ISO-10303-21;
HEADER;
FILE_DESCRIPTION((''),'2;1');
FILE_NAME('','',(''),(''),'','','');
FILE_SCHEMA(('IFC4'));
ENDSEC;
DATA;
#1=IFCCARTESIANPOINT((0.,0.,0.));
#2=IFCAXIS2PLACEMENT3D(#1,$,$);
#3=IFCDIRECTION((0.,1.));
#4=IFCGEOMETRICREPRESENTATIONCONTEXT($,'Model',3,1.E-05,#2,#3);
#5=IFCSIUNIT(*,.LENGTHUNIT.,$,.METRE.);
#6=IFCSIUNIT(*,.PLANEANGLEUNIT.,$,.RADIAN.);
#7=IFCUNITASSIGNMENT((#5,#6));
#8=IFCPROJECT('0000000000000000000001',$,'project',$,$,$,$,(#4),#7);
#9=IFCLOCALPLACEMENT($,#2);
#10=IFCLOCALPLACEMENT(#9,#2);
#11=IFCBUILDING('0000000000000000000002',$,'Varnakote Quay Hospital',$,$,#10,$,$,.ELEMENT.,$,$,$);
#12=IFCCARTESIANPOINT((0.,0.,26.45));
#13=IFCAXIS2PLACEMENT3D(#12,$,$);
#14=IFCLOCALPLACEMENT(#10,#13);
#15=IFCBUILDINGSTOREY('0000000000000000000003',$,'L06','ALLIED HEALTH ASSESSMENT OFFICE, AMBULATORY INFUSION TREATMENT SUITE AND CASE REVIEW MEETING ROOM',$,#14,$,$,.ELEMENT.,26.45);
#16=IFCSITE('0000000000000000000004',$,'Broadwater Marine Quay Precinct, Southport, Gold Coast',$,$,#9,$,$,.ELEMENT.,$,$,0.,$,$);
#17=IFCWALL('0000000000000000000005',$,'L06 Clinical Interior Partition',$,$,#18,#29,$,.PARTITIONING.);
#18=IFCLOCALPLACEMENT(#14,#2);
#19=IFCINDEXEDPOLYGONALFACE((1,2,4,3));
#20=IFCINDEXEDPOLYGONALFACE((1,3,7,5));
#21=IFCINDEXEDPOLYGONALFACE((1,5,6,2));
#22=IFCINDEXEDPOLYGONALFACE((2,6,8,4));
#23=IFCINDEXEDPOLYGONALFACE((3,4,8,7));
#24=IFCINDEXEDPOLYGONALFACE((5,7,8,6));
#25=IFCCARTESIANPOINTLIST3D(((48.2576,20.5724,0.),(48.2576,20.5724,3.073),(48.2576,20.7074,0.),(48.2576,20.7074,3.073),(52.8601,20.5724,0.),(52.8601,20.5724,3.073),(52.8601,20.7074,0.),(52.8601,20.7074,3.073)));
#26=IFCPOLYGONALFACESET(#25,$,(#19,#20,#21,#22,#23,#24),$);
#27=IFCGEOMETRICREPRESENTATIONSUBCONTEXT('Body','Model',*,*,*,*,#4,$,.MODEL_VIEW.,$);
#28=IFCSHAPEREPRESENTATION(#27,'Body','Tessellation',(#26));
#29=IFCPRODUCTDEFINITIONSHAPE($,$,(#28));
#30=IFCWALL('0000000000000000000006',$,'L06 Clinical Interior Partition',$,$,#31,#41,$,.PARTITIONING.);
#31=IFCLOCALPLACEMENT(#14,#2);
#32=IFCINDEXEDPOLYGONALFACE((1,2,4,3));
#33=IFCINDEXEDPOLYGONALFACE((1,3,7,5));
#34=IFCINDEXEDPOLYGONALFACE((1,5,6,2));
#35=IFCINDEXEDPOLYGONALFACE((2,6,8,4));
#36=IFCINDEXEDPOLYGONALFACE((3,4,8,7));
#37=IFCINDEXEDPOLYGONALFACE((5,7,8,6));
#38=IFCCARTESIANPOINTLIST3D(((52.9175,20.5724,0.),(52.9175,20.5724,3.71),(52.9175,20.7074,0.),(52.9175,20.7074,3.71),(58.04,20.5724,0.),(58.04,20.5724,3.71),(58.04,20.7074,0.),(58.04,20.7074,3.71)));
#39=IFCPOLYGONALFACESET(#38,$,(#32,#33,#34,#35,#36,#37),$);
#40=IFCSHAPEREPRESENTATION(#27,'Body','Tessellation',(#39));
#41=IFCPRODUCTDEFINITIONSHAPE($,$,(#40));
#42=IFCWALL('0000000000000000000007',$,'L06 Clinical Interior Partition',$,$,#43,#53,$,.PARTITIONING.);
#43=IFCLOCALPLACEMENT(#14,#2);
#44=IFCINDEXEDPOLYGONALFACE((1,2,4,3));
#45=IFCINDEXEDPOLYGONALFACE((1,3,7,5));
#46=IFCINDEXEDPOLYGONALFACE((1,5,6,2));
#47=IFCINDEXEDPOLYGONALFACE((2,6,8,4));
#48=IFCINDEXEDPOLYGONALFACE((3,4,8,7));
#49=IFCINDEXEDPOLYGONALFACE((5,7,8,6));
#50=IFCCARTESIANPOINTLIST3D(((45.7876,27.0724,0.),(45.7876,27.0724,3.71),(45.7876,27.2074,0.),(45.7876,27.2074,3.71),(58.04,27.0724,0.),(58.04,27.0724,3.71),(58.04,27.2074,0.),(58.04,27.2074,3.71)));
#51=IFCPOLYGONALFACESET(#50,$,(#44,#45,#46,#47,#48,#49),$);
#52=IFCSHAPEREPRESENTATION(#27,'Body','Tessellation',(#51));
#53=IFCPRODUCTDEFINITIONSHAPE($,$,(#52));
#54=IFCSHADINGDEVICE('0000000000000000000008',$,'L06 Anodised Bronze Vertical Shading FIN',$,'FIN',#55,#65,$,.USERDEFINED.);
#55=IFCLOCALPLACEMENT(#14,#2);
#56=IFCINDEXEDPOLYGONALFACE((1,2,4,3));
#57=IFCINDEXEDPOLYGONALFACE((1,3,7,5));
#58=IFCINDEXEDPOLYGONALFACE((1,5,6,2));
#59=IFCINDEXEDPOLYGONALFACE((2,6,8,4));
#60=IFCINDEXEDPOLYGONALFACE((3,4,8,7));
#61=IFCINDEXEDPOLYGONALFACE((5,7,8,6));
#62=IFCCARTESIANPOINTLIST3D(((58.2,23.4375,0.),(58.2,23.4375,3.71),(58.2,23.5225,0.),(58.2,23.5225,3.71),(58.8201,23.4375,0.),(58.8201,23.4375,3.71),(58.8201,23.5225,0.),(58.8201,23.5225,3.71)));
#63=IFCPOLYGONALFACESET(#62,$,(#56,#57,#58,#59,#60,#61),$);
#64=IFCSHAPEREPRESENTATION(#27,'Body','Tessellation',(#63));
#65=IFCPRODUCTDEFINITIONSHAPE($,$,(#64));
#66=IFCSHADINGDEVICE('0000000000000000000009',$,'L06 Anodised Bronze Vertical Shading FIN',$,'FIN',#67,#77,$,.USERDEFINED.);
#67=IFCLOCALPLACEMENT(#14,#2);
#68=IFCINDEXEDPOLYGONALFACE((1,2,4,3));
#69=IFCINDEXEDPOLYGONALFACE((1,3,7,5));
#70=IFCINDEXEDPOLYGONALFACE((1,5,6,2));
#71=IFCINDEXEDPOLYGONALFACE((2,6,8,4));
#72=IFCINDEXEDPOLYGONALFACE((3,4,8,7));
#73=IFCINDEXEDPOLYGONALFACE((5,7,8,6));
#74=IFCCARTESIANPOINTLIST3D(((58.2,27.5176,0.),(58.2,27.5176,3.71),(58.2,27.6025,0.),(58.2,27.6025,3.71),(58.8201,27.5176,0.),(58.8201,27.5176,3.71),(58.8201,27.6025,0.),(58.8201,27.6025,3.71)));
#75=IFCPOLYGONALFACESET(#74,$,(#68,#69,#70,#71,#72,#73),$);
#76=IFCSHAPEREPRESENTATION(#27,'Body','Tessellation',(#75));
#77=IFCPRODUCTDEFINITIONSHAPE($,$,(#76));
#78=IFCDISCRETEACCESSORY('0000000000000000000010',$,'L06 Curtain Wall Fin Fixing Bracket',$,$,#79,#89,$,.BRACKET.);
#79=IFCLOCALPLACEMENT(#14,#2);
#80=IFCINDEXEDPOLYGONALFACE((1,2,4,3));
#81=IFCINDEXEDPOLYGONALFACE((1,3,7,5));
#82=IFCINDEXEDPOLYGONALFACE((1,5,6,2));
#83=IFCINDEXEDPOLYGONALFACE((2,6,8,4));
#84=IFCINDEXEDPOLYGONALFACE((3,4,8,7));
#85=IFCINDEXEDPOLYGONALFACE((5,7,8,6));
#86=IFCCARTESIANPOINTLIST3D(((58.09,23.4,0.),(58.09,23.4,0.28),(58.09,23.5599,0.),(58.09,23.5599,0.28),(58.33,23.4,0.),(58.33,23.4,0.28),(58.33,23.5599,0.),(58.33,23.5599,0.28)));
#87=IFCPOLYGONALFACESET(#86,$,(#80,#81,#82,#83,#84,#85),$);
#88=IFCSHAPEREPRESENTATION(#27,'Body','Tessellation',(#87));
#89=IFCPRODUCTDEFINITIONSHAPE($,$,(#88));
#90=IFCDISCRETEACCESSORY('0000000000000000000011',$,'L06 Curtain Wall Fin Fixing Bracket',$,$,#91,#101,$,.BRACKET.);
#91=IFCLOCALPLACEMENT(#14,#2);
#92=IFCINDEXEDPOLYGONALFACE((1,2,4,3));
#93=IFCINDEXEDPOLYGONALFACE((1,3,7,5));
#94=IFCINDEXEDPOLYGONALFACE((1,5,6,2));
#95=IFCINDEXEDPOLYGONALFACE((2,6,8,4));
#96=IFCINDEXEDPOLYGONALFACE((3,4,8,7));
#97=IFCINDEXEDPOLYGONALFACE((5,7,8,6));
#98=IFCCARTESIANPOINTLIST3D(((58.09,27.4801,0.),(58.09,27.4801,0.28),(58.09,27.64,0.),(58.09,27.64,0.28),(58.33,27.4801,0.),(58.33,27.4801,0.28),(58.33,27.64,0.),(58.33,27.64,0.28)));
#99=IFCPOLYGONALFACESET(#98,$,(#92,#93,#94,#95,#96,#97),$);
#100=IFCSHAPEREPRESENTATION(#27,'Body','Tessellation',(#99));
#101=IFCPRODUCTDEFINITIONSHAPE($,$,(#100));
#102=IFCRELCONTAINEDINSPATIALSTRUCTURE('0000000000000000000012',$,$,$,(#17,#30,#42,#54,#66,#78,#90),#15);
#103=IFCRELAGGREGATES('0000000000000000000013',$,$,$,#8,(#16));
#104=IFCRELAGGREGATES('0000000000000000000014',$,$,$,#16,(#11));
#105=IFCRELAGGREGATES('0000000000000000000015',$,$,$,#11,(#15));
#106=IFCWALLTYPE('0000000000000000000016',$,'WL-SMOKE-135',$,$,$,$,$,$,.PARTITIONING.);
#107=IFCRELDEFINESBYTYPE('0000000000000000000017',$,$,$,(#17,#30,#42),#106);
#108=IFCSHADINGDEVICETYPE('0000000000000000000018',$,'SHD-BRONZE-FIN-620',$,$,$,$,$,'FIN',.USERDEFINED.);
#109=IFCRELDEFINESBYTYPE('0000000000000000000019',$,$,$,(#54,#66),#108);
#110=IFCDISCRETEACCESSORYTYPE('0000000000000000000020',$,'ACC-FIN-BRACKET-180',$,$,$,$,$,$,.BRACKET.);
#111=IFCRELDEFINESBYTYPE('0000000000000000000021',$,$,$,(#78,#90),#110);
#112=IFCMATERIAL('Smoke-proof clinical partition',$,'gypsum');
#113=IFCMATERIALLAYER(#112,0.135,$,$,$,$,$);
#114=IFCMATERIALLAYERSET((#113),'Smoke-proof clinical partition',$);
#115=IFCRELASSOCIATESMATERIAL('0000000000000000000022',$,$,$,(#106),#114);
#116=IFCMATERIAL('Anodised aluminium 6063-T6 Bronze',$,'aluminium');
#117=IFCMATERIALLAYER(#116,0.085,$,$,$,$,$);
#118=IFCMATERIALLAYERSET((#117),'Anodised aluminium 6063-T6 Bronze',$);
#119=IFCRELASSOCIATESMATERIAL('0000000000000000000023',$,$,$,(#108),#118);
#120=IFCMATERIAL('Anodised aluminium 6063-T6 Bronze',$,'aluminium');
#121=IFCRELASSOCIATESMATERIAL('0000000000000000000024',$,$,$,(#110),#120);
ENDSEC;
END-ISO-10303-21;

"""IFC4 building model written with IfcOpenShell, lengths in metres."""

from ifc_helpers import new_model, si_unit, direction, frame, frame_2d, origin, origin_2d, place, context, subcontext, project, spatial, rectangle, extrude, material, layer, layer_set, type_object, element, save


model = new_model("IFC4")

# Units and contexts
model_context = context("Model", 3, precision=1e-05, world=origin(), true_north=direction((0.0, 1.0)))
body_context = subcontext(model_context, "Body", "Model", "MODEL_VIEW")
ifc_project = project(units=[si_unit("LENGTHUNIT", "METRE"), si_unit("PLANEANGLEUNIT", "RADIAN")], contexts=[model_context])

# Site, building, storey
site_placement = place(None, origin())
site = spatial("IfcSite", under=ifc_project, at=site_placement, Name="Broadwater Marine Quay Precinct, Southport, Gold Coast", CompositionType="ELEMENT", RefElevation=0.0)
building_placement = place(site_placement, origin())
building = spatial("IfcBuilding", under=site, at=building_placement, Name="Varnakote Quay Hospital", CompositionType="ELEMENT")
storey_placement = place(building_placement, frame((0.0, 0.0, 26.45)))
storey = spatial("IfcBuildingStorey", under=building, at=storey_placement, Name="L06", Description="ALLIED HEALTH ASSESSMENT OFFICE, AMBULATORY INFUSION TREATMENT SUITE AND CASE REVIEW MEETING ROOM", CompositionType="ELEMENT", Elevation=26.45)

# Walls
ifc_material_1 = material(Name="Smoke-proof clinical partition", Category="gypsum")
ifc_layer_1 = layer(ifc_material_1, 0.135)
ifc_layer_set_1 = layer_set([ifc_layer_1], Name="Smoke-proof clinical partition")
wall_type = type_object("IfcWallType", Name="WL-SMOKE-135", PredefinedType="PARTITIONING", material=ifc_layer_set_1)
wall_1_placement = place(storey_placement, frame((52.8601, 20.6399, 0.0), z_axis=(0.0, 0.0, 1.0), x_axis=(-1.0, 0.0, 0.0)))
element("IfcWall", 1, at=wall_1_placement, inside=storey, type_object=wall_type, Name="L06 Clinical Interior Partition", PredefinedType="PARTITIONING", context=body_context, shape_type="SweptSolid", body=[
    extrude(rectangle(XDim=4.6025, YDim=0.135, at=frame_2d((2.3013, 0.0))), origin(), (0.0, 0.0, 1.0), 3.073),
])
wall_2_placement = place(storey_placement, frame((58.04, 20.6399, 0.0), z_axis=(0.0, 0.0, 1.0), x_axis=(-1.0, 0.0, 0.0)))
element("IfcWall", 2, at=wall_2_placement, inside=storey, type_object=wall_type, Name="L06 Clinical Interior Partition", PredefinedType="PARTITIONING", context=body_context, shape_type="SweptSolid", body=[
    extrude(rectangle(XDim=5.1226, YDim=0.135, at=frame_2d((2.5613, 0.0))), origin(), (0.0, 0.0, 1.0), 3.71),
])
wall_3_placement = place(storey_placement, frame((58.04, 27.1399, 0.0), z_axis=(0.0, 0.0, 1.0), x_axis=(-1.0, 0.0, 0.0)))
element("IfcWall", 3, at=wall_3_placement, inside=storey, type_object=wall_type, Name="L06 Clinical Interior Partition", PredefinedType="PARTITIONING", context=body_context, shape_type="SweptSolid", body=[
    extrude(rectangle(XDim=12.2524, YDim=0.135, at=frame_2d((6.1262, 0.0))), origin(), (0.0, 0.0, 1.0), 3.71),
])

# Shading devices
ifc_material_2 = material(Name="Anodised aluminium 6063-T6 Bronze", Category="aluminium")
ifc_layer_2 = layer(ifc_material_2, 0.085)
ifc_layer_set_2 = layer_set([ifc_layer_2], Name="Anodised aluminium 6063-T6 Bronze")
shading_device_type = type_object("IfcShadingDeviceType", Name="SHD-BRONZE-FIN-620", ElementType="FIN", PredefinedType="USERDEFINED", material=ifc_layer_set_2)
for number, where, z_axis, x_axis, name in (
    (4, (58.51, 23.48, 0.0), (0.0, 0.0, 1.0), (-1.0, 0.0, 0.0), "L06 Anodised Bronze Vertical Shading FIN"),
    (5, (58.51, 27.5601, 0.0), (0.0, 0.0, 1.0), (-1.0, 0.0, 0.0), "L06 Anodised Bronze Vertical Shading FIN"),
):
    element("IfcShadingDevice", number, at=place(storey_placement, frame(where, z_axis=z_axis, x_axis=x_axis)), inside=storey, type_object=shading_device_type, Name=name, ObjectType="FIN", PredefinedType="USERDEFINED", context=body_context, shape_type="SweptSolid", body=[
        extrude(rectangle(XDim=0.6201, YDim=0.085, at=origin_2d()), origin(), (0.0, 0.0, 1.0), 3.71),
    ])

# Discrete accessories
ifc_material_3 = material(Name="Anodised aluminium 6063-T6 Bronze", Category="aluminium")
discrete_accessory_type = type_object("IfcDiscreteAccessoryType", Name="ACC-FIN-BRACKET-180", PredefinedType="BRACKET", material=ifc_material_3)
for number, where, z_axis, x_axis, name in (
    (6, (58.21, 23.48, 0.0), (0.0, 0.0, 1.0), (0.0, 1.0, 0.0), "L06 Curtain Wall Fin Fixing Bracket"),
    (7, (58.21, 27.5601, 0.0), (0.0, 0.0, 1.0), (0.0, 1.0, 0.0), "L06 Curtain Wall Fin Fixing Bracket"),
):
    element("IfcDiscreteAccessory", number, at=place(storey_placement, frame(where, z_axis=z_axis, x_axis=x_axis)), inside=storey, type_object=discrete_accessory_type, Name=name, PredefinedType="BRACKET", context=body_context, shape_type="SweptSolid", body=[
        extrude(rectangle(XDim=0.1599, YDim=0.24, at=origin_2d()), origin(), (0.0, 0.0, 1.0), 0.28),
    ])

save(model, "model.ifc")
